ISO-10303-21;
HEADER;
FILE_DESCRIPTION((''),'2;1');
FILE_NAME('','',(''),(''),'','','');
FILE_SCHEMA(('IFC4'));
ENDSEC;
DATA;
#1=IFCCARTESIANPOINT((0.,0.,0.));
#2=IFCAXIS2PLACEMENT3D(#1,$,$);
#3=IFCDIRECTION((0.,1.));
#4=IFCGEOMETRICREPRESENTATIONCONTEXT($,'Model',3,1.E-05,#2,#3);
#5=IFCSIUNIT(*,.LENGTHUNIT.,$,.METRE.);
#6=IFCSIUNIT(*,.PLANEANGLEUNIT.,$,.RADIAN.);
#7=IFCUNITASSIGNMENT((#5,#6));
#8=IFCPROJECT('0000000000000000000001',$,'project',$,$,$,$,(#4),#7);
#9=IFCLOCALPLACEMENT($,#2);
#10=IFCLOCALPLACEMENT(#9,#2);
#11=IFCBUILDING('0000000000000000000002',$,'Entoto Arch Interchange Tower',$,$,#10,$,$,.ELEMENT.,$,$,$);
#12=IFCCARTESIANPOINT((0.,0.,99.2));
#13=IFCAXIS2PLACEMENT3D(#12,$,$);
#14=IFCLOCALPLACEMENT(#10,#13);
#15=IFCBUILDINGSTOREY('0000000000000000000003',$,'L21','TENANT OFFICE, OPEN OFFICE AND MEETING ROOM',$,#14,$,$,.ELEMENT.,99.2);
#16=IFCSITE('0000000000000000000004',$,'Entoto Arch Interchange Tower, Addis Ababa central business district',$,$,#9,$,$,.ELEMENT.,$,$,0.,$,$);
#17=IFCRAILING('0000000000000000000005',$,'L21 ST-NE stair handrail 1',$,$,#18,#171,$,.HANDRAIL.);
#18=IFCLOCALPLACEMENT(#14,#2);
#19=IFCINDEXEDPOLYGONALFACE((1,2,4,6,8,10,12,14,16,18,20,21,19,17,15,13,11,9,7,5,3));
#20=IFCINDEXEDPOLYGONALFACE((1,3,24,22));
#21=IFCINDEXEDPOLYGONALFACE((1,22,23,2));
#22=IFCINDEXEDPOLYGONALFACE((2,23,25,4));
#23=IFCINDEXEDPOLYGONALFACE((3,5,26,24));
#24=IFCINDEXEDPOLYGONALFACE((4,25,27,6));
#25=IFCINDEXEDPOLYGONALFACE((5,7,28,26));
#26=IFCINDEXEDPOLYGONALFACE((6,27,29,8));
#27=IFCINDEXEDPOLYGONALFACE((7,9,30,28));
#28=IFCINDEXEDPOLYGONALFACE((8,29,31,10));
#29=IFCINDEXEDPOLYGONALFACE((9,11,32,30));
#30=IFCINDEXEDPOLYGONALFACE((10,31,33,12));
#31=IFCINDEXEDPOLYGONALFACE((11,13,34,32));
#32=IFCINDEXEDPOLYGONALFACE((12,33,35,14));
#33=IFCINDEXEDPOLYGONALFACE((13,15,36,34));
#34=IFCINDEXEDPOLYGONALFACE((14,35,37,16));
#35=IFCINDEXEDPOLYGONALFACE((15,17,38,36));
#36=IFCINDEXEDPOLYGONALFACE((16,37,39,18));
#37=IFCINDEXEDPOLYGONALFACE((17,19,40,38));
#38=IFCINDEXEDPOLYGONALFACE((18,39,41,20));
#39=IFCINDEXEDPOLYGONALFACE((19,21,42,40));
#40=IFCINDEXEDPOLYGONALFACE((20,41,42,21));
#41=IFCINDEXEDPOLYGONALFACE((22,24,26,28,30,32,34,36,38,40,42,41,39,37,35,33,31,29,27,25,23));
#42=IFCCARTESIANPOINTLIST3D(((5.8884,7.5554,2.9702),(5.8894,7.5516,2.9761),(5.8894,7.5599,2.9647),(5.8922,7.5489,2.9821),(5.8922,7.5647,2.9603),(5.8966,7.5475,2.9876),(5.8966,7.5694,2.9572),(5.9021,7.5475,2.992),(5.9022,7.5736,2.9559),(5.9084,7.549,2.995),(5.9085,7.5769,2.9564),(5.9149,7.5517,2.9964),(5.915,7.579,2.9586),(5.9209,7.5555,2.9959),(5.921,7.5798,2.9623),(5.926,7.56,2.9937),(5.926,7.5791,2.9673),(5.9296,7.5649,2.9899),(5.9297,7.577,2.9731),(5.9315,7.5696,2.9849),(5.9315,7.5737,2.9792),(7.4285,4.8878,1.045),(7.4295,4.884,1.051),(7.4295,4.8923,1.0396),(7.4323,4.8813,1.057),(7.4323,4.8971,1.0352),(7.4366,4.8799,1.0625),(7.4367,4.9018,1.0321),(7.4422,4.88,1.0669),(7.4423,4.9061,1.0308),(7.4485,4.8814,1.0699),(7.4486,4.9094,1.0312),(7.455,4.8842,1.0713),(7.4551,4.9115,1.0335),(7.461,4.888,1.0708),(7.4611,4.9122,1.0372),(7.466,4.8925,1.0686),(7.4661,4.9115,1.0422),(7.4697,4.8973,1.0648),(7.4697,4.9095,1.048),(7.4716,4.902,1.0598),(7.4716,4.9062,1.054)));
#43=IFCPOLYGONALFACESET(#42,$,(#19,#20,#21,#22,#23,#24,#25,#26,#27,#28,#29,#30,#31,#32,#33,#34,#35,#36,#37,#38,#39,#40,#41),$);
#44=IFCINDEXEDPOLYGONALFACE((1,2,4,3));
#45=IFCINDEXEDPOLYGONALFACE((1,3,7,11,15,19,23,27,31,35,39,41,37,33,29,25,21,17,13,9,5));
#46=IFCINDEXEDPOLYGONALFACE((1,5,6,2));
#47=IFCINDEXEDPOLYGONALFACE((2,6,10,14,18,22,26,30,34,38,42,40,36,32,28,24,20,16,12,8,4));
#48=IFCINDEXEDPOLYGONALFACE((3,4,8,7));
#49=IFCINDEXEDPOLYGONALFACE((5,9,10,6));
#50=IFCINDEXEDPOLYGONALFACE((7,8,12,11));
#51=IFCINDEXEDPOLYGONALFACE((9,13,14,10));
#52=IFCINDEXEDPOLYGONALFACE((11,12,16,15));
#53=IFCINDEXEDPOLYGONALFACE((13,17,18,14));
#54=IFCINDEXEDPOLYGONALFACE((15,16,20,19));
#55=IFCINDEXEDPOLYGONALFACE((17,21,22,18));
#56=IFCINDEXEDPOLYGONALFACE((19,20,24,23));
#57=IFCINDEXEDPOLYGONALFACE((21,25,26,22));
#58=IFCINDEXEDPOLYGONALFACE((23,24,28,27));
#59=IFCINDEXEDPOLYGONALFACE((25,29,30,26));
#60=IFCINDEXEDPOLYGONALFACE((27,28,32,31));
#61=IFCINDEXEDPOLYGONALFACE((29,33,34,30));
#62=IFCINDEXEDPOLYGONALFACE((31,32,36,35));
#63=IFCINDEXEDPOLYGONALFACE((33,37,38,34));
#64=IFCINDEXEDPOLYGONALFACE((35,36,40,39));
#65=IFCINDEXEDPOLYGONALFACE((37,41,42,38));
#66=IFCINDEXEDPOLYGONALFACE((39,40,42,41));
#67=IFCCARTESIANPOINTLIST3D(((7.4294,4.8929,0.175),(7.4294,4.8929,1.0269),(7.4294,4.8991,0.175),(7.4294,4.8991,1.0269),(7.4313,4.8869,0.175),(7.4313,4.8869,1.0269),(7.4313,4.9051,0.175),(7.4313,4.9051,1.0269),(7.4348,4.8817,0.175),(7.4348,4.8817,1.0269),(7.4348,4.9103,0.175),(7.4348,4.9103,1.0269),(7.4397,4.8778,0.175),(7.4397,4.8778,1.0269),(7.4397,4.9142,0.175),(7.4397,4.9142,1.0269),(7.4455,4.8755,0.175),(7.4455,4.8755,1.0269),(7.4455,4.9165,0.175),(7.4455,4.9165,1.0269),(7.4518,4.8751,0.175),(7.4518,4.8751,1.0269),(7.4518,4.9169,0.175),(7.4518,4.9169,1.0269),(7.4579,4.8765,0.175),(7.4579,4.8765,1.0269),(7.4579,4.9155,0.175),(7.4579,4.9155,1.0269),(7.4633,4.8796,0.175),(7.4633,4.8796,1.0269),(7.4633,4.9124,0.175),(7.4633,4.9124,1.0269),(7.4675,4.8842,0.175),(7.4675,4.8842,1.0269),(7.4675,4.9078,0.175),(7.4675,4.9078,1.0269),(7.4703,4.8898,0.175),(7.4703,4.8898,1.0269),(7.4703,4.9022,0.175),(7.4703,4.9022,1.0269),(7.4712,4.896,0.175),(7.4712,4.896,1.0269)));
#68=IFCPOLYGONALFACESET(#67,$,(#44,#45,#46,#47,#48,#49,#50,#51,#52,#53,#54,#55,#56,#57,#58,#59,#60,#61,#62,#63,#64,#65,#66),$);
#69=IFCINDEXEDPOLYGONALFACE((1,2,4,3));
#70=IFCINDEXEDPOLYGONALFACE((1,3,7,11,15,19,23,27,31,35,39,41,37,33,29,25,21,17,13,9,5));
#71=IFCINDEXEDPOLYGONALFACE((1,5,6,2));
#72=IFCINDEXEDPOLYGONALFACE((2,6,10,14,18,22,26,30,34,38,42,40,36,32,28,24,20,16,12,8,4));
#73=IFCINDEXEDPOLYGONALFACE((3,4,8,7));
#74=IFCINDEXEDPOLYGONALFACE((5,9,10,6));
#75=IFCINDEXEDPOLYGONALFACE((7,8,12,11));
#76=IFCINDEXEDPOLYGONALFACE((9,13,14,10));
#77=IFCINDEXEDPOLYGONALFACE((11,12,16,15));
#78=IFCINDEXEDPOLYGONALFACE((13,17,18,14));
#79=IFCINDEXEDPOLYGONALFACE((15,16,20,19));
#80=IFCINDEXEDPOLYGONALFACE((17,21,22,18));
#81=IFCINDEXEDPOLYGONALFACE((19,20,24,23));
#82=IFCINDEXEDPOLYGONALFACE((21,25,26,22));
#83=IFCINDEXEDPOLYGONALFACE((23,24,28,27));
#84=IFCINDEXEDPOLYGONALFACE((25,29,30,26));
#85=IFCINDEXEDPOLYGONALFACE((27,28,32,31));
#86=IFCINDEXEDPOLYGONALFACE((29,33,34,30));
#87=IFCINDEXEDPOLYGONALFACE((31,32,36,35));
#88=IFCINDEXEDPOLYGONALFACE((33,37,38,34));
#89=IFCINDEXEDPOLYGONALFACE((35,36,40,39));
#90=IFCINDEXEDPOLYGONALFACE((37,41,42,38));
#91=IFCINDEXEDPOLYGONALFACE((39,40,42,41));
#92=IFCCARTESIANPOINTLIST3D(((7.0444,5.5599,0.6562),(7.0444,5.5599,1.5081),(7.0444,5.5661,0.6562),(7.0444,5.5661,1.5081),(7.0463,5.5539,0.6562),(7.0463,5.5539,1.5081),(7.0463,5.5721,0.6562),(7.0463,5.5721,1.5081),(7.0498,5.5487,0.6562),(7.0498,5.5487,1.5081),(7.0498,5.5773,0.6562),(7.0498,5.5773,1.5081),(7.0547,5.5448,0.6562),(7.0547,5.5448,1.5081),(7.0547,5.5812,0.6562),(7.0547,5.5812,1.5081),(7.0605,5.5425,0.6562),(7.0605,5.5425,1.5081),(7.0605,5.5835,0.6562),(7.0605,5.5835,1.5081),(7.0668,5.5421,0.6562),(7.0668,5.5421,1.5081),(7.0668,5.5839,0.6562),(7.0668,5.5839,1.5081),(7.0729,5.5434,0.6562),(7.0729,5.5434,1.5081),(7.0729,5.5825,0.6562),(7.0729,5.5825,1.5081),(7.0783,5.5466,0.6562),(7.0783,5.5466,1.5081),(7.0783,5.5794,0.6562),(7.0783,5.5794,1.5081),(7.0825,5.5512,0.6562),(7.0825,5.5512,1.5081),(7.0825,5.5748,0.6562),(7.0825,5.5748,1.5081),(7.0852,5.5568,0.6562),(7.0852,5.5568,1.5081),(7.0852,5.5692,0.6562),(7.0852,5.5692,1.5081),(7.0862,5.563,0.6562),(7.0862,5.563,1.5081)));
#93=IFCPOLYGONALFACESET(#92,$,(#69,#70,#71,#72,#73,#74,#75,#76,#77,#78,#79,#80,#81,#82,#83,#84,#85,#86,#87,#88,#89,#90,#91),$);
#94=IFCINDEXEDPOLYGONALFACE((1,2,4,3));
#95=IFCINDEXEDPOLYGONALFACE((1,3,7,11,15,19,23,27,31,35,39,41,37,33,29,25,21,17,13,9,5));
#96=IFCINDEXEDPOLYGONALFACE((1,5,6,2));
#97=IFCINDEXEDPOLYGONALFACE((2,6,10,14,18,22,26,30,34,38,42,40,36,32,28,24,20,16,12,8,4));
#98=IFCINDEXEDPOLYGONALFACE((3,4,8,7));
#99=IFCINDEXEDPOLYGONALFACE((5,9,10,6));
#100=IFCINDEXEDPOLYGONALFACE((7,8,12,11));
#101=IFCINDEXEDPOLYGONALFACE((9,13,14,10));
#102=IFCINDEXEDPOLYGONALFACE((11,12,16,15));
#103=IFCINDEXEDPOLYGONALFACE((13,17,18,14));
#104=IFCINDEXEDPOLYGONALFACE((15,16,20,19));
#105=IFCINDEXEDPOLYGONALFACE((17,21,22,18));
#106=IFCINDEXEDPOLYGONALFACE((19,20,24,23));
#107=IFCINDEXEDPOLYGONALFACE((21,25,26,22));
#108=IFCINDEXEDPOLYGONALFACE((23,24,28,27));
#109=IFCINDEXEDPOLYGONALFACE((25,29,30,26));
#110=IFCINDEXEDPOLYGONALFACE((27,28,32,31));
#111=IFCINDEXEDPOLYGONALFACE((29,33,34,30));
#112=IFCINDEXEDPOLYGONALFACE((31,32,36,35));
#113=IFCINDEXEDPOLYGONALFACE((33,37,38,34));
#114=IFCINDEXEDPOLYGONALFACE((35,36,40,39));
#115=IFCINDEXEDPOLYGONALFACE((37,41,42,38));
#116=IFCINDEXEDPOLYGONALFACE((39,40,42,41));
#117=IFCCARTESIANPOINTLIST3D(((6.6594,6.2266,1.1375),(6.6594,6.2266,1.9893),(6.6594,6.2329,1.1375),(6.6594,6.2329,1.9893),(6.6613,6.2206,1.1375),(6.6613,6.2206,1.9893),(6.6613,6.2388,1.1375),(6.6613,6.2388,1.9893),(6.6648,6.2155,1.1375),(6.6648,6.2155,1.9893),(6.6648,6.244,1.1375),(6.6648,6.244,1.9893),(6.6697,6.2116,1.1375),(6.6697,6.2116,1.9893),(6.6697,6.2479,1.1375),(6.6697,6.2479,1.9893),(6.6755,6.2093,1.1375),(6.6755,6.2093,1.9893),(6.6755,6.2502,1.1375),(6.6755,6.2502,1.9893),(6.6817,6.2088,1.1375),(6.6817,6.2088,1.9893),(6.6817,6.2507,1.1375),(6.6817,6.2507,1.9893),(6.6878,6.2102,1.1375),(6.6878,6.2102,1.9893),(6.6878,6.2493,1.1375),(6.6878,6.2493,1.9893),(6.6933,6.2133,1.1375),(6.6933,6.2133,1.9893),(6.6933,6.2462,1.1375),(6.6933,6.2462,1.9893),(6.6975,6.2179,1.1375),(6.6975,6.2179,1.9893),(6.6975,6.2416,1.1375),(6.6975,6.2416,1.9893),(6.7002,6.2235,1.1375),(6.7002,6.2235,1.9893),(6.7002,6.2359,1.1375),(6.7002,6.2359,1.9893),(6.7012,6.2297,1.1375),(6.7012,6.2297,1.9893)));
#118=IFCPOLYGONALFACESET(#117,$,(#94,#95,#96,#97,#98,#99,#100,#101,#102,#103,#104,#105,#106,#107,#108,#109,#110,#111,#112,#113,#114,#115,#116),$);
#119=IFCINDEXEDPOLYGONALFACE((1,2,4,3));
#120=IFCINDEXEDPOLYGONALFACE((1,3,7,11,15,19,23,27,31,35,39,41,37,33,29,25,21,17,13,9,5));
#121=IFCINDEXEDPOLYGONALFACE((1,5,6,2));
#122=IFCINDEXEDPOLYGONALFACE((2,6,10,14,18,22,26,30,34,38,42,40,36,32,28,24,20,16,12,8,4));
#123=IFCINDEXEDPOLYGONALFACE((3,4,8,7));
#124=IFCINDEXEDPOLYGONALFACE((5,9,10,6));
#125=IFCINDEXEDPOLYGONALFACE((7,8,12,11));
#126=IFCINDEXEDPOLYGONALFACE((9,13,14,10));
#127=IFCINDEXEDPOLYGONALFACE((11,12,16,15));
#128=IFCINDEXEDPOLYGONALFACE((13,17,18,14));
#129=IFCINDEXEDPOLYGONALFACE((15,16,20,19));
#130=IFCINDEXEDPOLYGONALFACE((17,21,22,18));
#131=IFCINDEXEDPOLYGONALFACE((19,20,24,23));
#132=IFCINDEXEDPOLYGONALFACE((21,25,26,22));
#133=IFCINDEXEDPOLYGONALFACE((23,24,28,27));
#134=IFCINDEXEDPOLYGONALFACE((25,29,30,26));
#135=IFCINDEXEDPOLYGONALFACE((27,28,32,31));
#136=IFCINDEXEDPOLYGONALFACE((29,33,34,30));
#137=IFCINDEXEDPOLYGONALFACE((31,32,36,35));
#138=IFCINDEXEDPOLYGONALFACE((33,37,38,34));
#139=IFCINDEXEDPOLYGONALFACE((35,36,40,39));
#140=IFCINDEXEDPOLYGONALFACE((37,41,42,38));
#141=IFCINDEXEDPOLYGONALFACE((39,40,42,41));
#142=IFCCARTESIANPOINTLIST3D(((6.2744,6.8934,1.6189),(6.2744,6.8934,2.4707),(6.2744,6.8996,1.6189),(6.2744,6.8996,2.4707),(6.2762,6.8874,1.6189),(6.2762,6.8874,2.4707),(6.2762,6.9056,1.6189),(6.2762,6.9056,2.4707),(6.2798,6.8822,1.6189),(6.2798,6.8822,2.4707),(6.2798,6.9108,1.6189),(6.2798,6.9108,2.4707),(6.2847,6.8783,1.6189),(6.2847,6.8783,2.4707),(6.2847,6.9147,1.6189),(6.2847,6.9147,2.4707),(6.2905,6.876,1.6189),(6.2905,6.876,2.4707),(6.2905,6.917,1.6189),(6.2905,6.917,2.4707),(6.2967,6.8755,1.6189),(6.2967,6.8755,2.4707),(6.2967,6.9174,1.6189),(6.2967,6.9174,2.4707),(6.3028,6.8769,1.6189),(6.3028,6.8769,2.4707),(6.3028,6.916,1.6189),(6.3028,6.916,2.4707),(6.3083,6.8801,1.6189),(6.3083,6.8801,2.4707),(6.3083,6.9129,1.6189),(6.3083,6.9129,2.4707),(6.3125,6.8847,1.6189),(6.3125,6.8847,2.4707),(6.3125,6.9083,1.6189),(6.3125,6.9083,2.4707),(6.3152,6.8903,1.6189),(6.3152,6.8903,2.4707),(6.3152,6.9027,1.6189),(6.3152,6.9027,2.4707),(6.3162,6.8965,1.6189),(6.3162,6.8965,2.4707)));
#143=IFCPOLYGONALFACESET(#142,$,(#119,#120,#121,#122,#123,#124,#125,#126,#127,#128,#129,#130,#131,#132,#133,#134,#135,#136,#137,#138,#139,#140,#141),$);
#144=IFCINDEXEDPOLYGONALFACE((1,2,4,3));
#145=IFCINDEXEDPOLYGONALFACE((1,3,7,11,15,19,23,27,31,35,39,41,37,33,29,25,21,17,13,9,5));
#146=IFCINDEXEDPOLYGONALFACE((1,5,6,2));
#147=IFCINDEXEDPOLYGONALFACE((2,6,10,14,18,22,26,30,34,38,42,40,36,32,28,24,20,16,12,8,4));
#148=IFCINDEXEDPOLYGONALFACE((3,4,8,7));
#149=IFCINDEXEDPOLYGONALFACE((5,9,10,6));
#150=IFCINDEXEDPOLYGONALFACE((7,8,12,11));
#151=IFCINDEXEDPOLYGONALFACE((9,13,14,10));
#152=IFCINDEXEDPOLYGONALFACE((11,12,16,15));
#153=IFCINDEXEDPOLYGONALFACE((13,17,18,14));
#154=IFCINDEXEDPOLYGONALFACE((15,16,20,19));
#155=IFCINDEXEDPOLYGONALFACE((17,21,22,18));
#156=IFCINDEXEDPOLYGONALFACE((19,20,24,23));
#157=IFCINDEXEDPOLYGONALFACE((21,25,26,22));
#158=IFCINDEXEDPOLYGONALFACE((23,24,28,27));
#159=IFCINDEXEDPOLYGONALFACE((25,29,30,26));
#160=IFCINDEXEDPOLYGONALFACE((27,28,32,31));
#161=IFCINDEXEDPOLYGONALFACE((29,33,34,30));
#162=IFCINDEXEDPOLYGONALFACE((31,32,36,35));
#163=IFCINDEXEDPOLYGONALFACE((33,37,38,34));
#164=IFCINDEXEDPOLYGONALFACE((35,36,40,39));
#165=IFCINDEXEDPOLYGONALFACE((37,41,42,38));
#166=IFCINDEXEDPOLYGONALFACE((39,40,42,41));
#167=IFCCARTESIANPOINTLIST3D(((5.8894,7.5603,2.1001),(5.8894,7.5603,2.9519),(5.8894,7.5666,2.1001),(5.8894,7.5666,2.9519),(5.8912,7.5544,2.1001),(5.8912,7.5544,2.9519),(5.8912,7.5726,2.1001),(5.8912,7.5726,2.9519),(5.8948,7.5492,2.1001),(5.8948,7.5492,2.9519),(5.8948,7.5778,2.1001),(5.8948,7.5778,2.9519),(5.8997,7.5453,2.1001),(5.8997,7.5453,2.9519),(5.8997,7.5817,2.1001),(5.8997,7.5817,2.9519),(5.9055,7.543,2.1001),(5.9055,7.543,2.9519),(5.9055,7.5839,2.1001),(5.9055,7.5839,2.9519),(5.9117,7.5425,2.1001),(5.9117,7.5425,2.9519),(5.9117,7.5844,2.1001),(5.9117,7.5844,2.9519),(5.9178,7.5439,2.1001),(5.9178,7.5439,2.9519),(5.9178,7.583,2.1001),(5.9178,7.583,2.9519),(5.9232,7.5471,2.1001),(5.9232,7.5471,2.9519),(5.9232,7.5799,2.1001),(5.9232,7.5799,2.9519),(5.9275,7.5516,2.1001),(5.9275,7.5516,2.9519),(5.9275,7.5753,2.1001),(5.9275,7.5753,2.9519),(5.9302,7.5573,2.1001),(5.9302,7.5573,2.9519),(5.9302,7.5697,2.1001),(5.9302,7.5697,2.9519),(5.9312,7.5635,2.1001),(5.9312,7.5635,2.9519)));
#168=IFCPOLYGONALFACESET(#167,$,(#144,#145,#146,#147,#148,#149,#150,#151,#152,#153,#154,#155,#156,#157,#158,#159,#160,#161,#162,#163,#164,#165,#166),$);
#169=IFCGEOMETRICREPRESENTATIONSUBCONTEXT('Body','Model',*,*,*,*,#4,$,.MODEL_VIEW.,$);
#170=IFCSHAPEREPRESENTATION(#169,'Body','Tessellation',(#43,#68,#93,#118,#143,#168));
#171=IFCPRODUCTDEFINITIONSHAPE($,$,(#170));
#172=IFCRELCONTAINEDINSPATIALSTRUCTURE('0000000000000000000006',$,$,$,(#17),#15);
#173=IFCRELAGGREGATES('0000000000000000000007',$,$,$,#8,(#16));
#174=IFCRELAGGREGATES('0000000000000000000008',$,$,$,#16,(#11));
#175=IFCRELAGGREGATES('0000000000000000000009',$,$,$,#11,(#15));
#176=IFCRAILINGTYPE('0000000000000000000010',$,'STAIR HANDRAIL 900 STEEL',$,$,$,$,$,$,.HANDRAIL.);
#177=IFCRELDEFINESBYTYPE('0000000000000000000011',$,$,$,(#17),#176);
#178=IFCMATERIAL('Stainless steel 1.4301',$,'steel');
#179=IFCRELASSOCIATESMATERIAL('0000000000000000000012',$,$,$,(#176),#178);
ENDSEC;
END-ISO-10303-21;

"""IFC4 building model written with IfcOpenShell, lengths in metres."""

from ifc_helpers import new_model, si_unit, direction, frame, origin, origin_2d, place, context, subcontext, project, spatial, circle, extrude, material, type_object, element, save


model = new_model("IFC4")

# Units and contexts
model_context = context("Model", 3, precision=1e-05, world=origin(), true_north=direction((0.0, 1.0)))
body_context = subcontext(model_context, "Body", "Model", "MODEL_VIEW")
ifc_project = project(units=[si_unit("LENGTHUNIT", "METRE"), si_unit("PLANEANGLEUNIT", "RADIAN")], contexts=[model_context])

# Site, building, storey
site_placement = place(None, origin())
site = spatial("IfcSite", under=ifc_project, at=site_placement, Name="Entoto Arch Interchange Tower, Addis Ababa central business district", CompositionType="ELEMENT", RefElevation=0.0)
building_placement = place(site_placement, origin())
building = spatial("IfcBuilding", under=site, at=building_placement, Name="Entoto Arch Interchange Tower", CompositionType="ELEMENT")
storey_placement = place(building_placement, frame((0.0, 0.0, 99.2)))
storey = spatial("IfcBuildingStorey", under=building, at=storey_placement, Name="L21", Description="TENANT OFFICE, OPEN OFFICE AND MEETING ROOM", CompositionType="ELEMENT", Elevation=99.2)

# Railing
ifc_material_1 = material(Name="Stainless steel 1.4301", Category="steel")
railing_type = type_object("IfcRailingType", Name="STAIR HANDRAIL 900 STEEL", PredefinedType="HANDRAIL", material=ifc_material_1)
railing_placement = place(storey_placement, frame((7.4502, 4.896, 0.175)))
element("IfcRailing", 1, at=railing_placement, inside=storey, type_object=railing_type, Name="L21 ST-NE stair handrail 1", PredefinedType="HANDRAIL", context=body_context, shape_type="SweptSolid", body=[
    extrude(circle(Radius=0.0239, at=origin_2d()), frame((0.0, 0.0, 0.876), z_axis=(-0.423994, 0.734395, 0.529993), x_axis=(-0.86603, -0.499992, 0.0)), (0.0, 0.0, 1.0), 3.6323),
    extrude(circle(Radius=0.021, at=origin_2d()), origin(), (0.0, 0.0, 1.0), 0.8518),
    extrude(circle(Radius=0.021, at=origin_2d()), frame((-0.385, 0.667, 0.4812)), (0.0, 0.0, 1.0), 0.8518),
    extrude(circle(Radius=0.021, at=origin_2d()), frame((-0.77, 1.3337, 0.9624)), (0.0, 0.0, 1.0), 0.8518),
    extrude(circle(Radius=0.021, at=origin_2d()), frame((-1.155, 2.0005, 1.4438)), (0.0, 0.0, 1.0), 0.8518),
    extrude(circle(Radius=0.021, at=origin_2d()), frame((-1.54, 2.6675, 1.925)), (0.0, 0.0, 1.0), 0.8518),
])

save(model, "model.ifc")
